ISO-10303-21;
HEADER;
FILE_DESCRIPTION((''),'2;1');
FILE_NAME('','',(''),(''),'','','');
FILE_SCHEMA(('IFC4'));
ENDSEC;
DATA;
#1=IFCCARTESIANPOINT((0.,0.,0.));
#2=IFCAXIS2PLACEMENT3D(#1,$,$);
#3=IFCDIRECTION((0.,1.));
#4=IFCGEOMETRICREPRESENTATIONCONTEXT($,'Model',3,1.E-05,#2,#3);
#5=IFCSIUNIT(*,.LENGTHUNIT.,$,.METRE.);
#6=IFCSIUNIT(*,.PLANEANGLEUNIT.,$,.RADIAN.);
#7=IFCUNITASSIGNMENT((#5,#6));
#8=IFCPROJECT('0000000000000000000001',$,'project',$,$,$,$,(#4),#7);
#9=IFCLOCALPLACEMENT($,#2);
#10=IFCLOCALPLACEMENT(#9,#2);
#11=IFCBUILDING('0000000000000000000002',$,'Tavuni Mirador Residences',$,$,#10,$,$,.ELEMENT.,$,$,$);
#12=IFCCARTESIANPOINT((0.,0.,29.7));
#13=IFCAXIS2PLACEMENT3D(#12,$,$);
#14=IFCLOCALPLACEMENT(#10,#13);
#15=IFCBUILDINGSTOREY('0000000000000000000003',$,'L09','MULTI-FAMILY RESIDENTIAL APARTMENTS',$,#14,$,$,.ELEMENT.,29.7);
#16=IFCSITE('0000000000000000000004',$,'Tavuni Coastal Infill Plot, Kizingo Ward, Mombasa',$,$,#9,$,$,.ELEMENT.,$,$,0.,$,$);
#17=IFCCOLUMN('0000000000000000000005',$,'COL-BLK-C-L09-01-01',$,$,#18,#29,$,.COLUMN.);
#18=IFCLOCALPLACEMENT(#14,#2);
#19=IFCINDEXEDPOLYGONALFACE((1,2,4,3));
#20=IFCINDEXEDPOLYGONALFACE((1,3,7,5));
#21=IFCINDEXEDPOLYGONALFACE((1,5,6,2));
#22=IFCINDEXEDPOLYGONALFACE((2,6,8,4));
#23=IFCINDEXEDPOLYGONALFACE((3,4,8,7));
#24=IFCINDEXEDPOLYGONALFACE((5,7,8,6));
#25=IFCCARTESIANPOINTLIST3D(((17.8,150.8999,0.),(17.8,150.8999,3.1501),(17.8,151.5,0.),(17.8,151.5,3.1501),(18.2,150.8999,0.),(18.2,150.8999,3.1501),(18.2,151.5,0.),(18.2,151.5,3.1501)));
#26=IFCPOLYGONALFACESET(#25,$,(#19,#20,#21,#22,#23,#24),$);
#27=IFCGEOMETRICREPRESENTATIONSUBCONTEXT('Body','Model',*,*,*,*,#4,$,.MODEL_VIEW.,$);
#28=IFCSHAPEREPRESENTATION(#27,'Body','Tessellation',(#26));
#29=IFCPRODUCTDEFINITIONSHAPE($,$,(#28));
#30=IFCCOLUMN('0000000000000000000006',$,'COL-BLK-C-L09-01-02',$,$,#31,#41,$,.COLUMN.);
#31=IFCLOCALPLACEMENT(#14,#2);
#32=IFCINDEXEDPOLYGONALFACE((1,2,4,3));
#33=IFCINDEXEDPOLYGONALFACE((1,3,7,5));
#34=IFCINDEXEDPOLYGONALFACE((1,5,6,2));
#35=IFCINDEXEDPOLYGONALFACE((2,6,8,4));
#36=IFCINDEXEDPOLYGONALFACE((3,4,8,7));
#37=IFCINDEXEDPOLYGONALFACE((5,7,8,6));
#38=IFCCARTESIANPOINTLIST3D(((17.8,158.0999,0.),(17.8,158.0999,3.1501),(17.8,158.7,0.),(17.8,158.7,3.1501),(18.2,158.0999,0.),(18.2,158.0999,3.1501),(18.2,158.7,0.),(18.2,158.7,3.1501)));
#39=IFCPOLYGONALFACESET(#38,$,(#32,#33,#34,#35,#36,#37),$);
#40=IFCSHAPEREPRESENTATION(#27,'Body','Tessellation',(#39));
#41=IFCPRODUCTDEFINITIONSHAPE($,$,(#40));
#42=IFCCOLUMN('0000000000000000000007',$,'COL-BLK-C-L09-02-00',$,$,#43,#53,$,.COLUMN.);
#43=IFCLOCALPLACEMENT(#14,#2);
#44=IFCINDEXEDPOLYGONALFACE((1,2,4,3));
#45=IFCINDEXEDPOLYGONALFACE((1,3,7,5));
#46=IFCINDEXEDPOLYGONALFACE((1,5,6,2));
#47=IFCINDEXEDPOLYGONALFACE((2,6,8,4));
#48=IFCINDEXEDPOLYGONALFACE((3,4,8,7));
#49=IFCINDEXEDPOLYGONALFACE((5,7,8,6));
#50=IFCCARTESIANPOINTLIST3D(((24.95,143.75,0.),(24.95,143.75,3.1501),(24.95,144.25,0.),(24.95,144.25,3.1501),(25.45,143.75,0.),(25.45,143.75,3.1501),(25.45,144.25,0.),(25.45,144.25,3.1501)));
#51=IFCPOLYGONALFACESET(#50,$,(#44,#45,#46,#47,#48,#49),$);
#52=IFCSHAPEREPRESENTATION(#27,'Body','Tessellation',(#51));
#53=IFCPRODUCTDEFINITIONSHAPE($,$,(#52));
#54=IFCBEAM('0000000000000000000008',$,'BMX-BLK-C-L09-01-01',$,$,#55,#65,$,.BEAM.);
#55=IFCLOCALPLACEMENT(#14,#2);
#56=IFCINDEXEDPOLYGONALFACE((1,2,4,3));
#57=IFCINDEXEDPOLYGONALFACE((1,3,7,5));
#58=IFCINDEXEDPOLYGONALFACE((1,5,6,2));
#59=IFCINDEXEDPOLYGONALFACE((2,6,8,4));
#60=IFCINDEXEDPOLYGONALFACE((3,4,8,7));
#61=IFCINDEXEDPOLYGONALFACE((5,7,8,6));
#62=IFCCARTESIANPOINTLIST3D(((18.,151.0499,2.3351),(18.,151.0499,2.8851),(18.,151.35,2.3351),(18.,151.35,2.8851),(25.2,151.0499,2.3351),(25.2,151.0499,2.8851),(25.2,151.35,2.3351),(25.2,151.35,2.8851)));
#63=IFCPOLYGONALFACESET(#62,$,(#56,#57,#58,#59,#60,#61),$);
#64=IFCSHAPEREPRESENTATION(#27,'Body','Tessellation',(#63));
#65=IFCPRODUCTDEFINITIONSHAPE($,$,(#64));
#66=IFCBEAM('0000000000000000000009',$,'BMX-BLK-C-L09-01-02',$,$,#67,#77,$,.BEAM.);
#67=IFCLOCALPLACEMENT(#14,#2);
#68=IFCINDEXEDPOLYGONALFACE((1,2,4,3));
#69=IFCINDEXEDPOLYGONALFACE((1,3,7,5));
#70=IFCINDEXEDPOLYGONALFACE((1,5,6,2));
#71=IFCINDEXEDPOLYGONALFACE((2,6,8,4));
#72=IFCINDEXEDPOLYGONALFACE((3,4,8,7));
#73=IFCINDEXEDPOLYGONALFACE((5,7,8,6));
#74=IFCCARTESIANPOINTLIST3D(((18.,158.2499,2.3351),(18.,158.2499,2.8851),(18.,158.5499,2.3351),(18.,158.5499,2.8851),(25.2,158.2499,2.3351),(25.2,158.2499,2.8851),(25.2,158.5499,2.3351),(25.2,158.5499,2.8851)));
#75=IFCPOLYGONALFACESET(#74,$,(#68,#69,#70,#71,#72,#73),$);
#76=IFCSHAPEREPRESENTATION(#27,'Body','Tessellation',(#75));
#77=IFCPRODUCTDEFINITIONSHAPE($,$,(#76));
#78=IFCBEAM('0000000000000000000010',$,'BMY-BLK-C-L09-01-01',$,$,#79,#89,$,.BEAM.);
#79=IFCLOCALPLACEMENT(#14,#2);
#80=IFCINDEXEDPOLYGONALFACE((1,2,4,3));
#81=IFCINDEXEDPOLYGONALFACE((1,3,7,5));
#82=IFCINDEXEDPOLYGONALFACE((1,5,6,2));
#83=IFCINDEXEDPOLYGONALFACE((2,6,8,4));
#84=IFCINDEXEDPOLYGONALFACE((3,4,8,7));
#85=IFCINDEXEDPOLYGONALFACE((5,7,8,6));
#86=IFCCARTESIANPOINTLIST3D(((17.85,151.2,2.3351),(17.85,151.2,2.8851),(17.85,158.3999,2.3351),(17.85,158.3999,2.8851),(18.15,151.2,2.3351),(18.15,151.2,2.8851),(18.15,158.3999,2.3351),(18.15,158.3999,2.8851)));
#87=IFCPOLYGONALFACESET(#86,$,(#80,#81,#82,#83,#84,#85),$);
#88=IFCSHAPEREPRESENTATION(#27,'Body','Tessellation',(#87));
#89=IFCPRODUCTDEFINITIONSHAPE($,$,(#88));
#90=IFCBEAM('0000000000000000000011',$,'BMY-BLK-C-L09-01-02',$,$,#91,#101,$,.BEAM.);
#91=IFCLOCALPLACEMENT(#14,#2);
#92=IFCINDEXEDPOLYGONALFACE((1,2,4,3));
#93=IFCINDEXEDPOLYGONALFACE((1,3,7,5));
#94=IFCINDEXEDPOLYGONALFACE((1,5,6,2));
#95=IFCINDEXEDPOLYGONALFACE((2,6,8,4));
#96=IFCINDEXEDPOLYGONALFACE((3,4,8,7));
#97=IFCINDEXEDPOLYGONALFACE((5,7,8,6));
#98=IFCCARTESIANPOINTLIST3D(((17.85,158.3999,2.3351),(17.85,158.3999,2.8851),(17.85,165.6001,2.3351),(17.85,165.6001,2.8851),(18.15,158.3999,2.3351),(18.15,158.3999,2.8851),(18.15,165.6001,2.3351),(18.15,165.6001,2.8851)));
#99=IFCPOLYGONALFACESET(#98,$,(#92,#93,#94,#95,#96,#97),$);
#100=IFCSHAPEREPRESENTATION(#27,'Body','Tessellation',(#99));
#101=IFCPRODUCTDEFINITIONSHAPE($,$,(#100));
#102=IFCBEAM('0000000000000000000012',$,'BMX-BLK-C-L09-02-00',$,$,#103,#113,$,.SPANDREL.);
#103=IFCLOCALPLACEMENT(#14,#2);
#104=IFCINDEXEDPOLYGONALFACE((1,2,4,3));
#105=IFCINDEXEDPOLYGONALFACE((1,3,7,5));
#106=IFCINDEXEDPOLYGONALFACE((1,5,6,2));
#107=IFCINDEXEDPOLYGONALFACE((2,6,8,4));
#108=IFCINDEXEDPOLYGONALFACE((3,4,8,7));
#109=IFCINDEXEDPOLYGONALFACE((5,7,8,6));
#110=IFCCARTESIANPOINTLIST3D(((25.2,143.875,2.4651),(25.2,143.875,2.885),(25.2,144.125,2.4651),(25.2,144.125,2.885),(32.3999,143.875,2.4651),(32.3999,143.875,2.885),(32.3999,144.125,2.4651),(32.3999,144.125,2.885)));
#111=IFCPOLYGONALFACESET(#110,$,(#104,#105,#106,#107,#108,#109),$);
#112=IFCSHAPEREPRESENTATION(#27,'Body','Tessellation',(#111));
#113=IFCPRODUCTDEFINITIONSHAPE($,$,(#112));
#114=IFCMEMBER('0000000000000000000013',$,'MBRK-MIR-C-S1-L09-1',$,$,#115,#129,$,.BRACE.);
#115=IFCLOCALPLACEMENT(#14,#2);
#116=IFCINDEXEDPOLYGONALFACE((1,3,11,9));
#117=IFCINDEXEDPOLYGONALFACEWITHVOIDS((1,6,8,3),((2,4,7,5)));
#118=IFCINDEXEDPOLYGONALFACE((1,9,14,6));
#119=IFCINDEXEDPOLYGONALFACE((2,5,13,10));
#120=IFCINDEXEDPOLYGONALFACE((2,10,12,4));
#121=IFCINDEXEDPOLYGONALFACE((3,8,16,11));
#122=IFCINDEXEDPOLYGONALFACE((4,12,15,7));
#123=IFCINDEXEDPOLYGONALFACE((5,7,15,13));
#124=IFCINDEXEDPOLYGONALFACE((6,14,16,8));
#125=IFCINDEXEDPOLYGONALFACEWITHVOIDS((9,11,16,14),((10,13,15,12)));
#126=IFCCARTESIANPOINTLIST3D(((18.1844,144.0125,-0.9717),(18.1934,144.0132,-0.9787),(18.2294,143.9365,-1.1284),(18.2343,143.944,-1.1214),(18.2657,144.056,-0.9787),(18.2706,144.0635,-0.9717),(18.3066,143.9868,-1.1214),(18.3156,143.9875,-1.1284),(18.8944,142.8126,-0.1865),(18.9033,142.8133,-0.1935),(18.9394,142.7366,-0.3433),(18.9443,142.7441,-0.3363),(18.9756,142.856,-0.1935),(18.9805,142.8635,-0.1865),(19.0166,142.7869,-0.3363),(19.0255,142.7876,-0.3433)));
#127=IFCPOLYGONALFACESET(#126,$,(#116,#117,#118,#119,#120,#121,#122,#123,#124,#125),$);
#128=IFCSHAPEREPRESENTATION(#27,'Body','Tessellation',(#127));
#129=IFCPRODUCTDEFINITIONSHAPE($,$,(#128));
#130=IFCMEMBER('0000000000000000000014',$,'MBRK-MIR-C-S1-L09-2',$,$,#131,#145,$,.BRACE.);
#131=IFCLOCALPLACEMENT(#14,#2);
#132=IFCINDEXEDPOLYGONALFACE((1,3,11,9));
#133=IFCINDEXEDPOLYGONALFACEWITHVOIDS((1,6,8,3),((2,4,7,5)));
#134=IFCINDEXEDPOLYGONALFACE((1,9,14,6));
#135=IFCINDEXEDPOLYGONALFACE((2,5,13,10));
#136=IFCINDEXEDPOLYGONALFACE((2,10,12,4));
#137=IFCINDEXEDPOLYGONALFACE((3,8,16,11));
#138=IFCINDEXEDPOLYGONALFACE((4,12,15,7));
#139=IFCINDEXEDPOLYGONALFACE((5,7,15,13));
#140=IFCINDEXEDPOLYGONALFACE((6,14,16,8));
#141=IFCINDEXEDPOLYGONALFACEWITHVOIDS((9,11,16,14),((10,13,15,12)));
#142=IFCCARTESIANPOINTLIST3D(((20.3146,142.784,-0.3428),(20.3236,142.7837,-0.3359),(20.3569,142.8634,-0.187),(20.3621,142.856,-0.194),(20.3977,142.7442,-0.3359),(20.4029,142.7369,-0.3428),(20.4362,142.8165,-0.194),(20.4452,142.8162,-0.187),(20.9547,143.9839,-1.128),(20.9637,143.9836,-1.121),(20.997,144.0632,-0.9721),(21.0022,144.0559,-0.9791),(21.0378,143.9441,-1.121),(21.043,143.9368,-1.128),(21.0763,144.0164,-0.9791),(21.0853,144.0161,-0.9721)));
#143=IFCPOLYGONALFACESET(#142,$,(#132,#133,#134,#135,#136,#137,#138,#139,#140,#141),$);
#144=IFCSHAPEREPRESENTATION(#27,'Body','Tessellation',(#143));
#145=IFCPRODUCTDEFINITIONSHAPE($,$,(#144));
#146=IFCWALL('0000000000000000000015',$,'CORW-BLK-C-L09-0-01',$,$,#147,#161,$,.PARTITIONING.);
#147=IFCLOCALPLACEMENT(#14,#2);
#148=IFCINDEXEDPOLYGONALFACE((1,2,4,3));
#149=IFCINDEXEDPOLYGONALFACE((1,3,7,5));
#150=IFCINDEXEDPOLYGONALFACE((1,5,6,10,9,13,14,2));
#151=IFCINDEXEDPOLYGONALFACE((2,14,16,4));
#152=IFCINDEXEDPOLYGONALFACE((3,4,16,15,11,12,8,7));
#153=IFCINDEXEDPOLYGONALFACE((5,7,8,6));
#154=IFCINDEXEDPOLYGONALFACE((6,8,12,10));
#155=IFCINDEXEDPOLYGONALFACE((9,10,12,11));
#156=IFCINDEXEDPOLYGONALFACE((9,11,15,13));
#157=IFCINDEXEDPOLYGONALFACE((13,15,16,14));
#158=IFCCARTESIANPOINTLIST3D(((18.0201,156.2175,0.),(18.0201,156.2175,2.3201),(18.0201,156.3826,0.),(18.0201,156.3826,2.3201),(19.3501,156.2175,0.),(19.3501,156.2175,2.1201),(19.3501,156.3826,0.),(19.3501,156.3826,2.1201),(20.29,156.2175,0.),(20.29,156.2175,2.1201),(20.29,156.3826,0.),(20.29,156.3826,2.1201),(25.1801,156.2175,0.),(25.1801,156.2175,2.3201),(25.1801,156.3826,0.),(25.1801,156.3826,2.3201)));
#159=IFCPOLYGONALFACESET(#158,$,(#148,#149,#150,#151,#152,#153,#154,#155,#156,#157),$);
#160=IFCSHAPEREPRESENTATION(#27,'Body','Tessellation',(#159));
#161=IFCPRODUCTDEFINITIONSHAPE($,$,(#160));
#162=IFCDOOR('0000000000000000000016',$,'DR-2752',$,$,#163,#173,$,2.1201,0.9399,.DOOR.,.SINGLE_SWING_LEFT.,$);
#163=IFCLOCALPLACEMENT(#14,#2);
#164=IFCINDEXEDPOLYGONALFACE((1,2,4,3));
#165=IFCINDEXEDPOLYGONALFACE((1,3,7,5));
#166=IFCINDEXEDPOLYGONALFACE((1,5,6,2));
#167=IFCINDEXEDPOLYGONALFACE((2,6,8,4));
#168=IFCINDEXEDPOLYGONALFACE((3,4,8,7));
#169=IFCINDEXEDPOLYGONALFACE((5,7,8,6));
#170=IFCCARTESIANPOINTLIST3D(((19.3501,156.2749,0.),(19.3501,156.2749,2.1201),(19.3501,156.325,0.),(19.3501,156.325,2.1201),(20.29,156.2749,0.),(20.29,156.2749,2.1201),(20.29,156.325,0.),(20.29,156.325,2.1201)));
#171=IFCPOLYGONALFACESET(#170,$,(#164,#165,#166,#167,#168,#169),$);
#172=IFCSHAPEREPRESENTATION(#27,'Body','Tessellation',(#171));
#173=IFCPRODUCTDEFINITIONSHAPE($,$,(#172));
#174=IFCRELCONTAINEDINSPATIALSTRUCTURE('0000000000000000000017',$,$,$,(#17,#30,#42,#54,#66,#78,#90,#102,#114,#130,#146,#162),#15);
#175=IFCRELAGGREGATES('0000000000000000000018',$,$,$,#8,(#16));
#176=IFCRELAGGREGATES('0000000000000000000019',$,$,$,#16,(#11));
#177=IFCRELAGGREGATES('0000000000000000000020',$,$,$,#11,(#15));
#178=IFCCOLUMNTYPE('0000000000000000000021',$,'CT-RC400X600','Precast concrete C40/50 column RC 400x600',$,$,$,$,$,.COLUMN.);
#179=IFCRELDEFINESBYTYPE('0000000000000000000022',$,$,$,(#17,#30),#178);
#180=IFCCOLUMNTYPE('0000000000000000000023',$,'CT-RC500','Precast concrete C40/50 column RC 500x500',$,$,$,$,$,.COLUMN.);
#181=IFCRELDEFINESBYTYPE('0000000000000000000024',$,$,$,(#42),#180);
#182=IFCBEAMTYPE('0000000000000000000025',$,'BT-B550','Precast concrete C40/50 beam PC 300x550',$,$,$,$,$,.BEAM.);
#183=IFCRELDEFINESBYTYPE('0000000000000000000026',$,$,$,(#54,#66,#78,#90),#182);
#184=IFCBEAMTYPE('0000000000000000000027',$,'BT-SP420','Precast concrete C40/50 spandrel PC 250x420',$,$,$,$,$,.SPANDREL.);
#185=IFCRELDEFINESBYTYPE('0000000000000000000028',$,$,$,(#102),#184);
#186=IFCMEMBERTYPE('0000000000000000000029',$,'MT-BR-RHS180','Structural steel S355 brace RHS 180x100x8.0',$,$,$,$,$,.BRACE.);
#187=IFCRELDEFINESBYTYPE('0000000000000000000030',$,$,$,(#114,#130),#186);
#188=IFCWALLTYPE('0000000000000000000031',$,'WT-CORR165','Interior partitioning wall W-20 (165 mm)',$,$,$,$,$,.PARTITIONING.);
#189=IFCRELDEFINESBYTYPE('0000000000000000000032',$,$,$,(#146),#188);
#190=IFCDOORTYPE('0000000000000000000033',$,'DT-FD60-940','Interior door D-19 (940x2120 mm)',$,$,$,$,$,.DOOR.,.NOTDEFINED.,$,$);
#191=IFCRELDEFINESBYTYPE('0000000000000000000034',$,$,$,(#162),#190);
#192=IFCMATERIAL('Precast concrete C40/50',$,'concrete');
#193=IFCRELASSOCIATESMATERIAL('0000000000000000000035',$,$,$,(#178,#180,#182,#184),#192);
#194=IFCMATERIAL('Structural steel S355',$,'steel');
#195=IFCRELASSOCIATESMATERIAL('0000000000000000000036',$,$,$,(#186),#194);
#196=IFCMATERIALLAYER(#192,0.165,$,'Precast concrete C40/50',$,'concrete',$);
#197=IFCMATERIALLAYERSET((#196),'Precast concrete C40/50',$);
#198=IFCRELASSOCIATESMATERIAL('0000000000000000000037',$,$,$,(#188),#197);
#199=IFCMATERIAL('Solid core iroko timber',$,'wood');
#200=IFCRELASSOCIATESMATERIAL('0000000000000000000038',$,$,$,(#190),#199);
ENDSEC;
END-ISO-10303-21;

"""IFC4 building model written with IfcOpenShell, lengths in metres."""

from ifc_helpers import new_model, si_unit, direction, frame, frame_2d, origin, origin_2d, place, context, subcontext, project, spatial, rectangle, hollow_rectangle, extrude, material, layer, layer_set, material_profile, profile_set, type_object, element, fill, save


model = new_model("IFC4")

# Units and contexts
model_context = context("Model", 3, precision=1e-05, world=origin(), true_north=direction((0.0, 1.0)))
body_context = subcontext(model_context, "Body", "Model", "MODEL_VIEW")
ifc_project = project(units=[si_unit("LENGTHUNIT", "METRE"), si_unit("PLANEANGLEUNIT", "RADIAN")], contexts=[model_context])

# Site, building, storey
site_placement = place(None, origin())
site = spatial("IfcSite", under=ifc_project, at=site_placement, Name="Tavuni Coastal Infill Plot, Kizingo Ward, Mombasa", CompositionType="ELEMENT", RefElevation=0.0)
building_placement = place(site_placement, origin())
building = spatial("IfcBuilding", under=site, at=building_placement, Name="Tavuni Mirador Residences", CompositionType="ELEMENT")
storey_placement = place(building_placement, frame((0.0, 0.0, 29.7)))
storey = spatial("IfcBuildingStorey", under=building, at=storey_placement, Name="L09", Description="MULTI-FAMILY RESIDENTIAL APARTMENTS", CompositionType="ELEMENT", Elevation=29.7)

# Columns
ifc_material_1 = material(Name="Precast concrete C40/50", Category="concrete")
ifc_material_profile_1 = material_profile(ifc_material_1, rectangle(XDim=0.3999, YDim=0.6001, at=origin_2d()), Name="RC 400x600", Category="concrete")
ifc_profile_set_1 = profile_set([ifc_material_profile_1], Name="Precast concrete C40/50")
column_type_1 = type_object("IfcColumnType", Name="CT-RC400X600", Description="Precast concrete C40/50 column RC 400x600", PredefinedType="COLUMN", material=ifc_profile_set_1)
for number, where, z_axis, x_axis, name in (
    (1, (18.0, 151.2, 0.0), (0.0, 0.0, 1.0), (1.0, 0.0, 0.0), "COL-BLK-C-L09-01-01"),
    (2, (18.0, 158.3999, 0.0), (0.0, 0.0, 1.0), (1.0, 0.0, 0.0), "COL-BLK-C-L09-01-02"),
):
    element("IfcColumn", number, at=place(storey_placement, frame(where, z_axis=z_axis, x_axis=x_axis)), inside=storey, type_object=column_type_1, Name=name, PredefinedType="COLUMN", context=body_context, shape_type="SweptSolid", body=[
        extrude(rectangle(XDim=0.3999, YDim=0.6001, at=origin_2d()), origin(), (0.0, 0.0, 1.0), 3.1501),
    ])
ifc_material_profile_2 = material_profile(ifc_material_1, rectangle(XDim=0.5, YDim=0.5, at=origin_2d()), Name="RC 500x500", Category="concrete")
ifc_profile_set_2 = profile_set([ifc_material_profile_2], Name="Precast concrete C40/50")
column_type_2 = type_object("IfcColumnType", Name="CT-RC500", Description="Precast concrete C40/50 column RC 500x500", PredefinedType="COLUMN", material=ifc_profile_set_2)
column_placement = place(storey_placement, frame((25.2, 144.0, 0.0), z_axis=(0.0, 0.0, 1.0), x_axis=(1.0, 0.0, 0.0)))
element("IfcColumn", 3, at=column_placement, inside=storey, type_object=column_type_2, Name="COL-BLK-C-L09-02-00", PredefinedType="COLUMN", context=body_context, shape_type="SweptSolid", body=[
    extrude(rectangle(XDim=0.5, YDim=0.5, at=origin_2d()), origin(), (0.0, 0.0, 1.0), 3.1501),
])

# Beams
ifc_material_profile_3 = material_profile(ifc_material_1, rectangle(XDim=0.3, YDim=0.55, at=origin_2d()), Name="PC 300x550", Category="concrete")
ifc_profile_set_3 = profile_set([ifc_material_profile_3], Name="Precast concrete C40/50")
beam_type_1 = type_object("IfcBeamType", Name="BT-B550", Description="Precast concrete C40/50 beam PC 300x550", PredefinedType="BEAM", material=ifc_profile_set_3)
for number, where, z_axis, x_axis, name in (
    (4, (18.0, 151.2, 2.6101), (1.0, 0.0, 0.0), (0.0, 1.0, 0.0), "BMX-BLK-C-L09-01-01"),
    (5, (18.0, 158.3999, 2.6101), (1.0, 0.0, 0.0), (0.0, 1.0, 0.0), "BMX-BLK-C-L09-01-02"),
    (6, (18.0, 151.2, 2.6101), (0.0, 1.0, 0.0), (-1.0, 0.0, 0.0), "BMY-BLK-C-L09-01-01"),
):
    element("IfcBeam", number, at=place(storey_placement, frame(where, z_axis=z_axis, x_axis=x_axis)), inside=storey, type_object=beam_type_1, Name=name, PredefinedType="BEAM", context=body_context, shape_type="SweptSolid", body=[
        extrude(rectangle(XDim=0.3, YDim=0.55, at=origin_2d()), origin(), (0.0, 0.0, 1.0), 7.2),
    ])
beam_1_placement = place(storey_placement, frame((18.0, 158.3999, 2.6101), z_axis=(0.0, 1.0, 0.0), x_axis=(-1.0, 0.0, 0.0)))
element("IfcBeam", 7, at=beam_1_placement, inside=storey, type_object=beam_type_1, Name="BMY-BLK-C-L09-01-02", PredefinedType="BEAM", context=body_context, shape_type="SweptSolid", body=[
    extrude(rectangle(XDim=0.3, YDim=0.55, at=origin_2d()), origin(), (0.0, 0.0, 1.0), 7.2002),
])
ifc_material_profile_4 = material_profile(ifc_material_1, rectangle(XDim=0.25, YDim=0.4199, at=origin_2d()), Name="PC 250x420", Category="concrete")
ifc_profile_set_4 = profile_set([ifc_material_profile_4], Name="Precast concrete C40/50")
beam_type_2 = type_object("IfcBeamType", Name="BT-SP420", Description="Precast concrete C40/50 spandrel PC 250x420", PredefinedType="SPANDREL", material=ifc_profile_set_4)
beam_2_placement = place(storey_placement, frame((25.2, 144.0, 2.675), z_axis=(1.0, 0.0, 0.0), x_axis=(0.0, 1.0, 0.0)))
element("IfcBeam", 8, at=beam_2_placement, inside=storey, type_object=beam_type_2, Name="BMX-BLK-C-L09-02-00", PredefinedType="SPANDREL", context=body_context, shape_type="SweptSolid", body=[
    extrude(rectangle(XDim=0.25, YDim=0.4199, at=origin_2d()), origin(), (0.0, 0.0, 1.0), 7.2),
])

# Members
ifc_material_2 = material(Name="Structural steel S355", Category="steel")
ifc_material_profile_5 = material_profile(ifc_material_2, hollow_rectangle(XDim=0.1001, YDim=0.1799, WallThickness=0.0081, at=origin_2d()), Name="RHS 180x100x8.0", Category="steel")
ifc_profile_set_5 = profile_set([ifc_material_profile_5], Name="Structural steel S355")
member_type = type_object("IfcMemberType", Name="MT-BR-RHS180", Description="Structural steel S355 brace RHS 180x100x8.0", PredefinedType="BRACE", material=ifc_profile_set_5)
member_1_placement = place(storey_placement, frame((18.25, 144.0, -1.05), z_axis=(0.443691, -0.749911, 0.490685), x_axis=(0.860644, 0.509207, 0.0)))
element("IfcMember", 9, at=member_1_placement, inside=storey, type_object=member_type, Name="MBRK-MIR-C-S1-L09-1", PredefinedType="BRACE", context=body_context, shape_type="SweptSolid", body=[
    extrude(hollow_rectangle(XDim=0.1001, YDim=0.1799, WallThickness=0.0081, at=origin_2d()), origin(), (0.0, 0.0, 1.0), 1.6001),
])
member_2_placement = place(storey_placement, frame((21.02, 144.0, -1.05), z_axis=(-0.407629, -0.76411, 0.499975), x_axis=(0.882303, -0.470681, 0.0)))
element("IfcMember", 10, at=member_2_placement, inside=storey, type_object=member_type, Name="MBRK-MIR-C-S1-L09-2", PredefinedType="BRACE", context=body_context, shape_type="SweptSolid", body=[
    extrude(hollow_rectangle(XDim=0.1001, YDim=0.1799, WallThickness=0.0081, at=origin_2d()), origin(), (0.0, 0.0, 1.0), 1.5703),
])

# Wall, opening, door
ifc_layer_1 = layer(ifc_material_1, 0.165, Name="Precast concrete C40/50", Category="concrete")
ifc_layer_set_1 = layer_set([ifc_layer_1], Name="Precast concrete C40/50")
wall_type_1 = type_object("IfcWallType", Name="WT-CORR165", Description="Interior partitioning wall W-20 (165 mm)", PredefinedType="PARTITIONING", material=ifc_layer_set_1)
wall_1_placement = place(storey_placement, frame((18.02, 156.3, 0.0), z_axis=(0.0, 0.0, 1.0), x_axis=(1.0, 0.0, 0.0)))
wall_1 = element("IfcWall", 11, at=wall_1_placement, inside=storey, type_object=wall_type_1, Name="CORW-BLK-C-L09-0-01", PredefinedType="PARTITIONING", context=body_context, shape_type="SweptSolid", body=[
    extrude(rectangle(XDim=7.1599, YDim=0.165, at=frame_2d((3.5801, 0.0))), origin(), (0.0, 0.0, 1.0), 2.3201),
])
opening_1_placement = place(wall_1_placement, frame((1.3301, 0.0, 0.0)))
opening_1 = element("IfcOpeningElement", 12, at=opening_1_placement, cuts=wall_1, PredefinedType="OPENING", context=body_context, shape_type="SweptSolid", body=[
    extrude(rectangle(XDim=0.9399, YDim=2.1201, at=frame_2d((0.47, 1.0601))), frame((0.0, 0.0925, 0.0), z_axis=(0.0, -1.0, 0.0), x_axis=(1.0, 0.0, 0.0)), (0.0, 0.0, 1.0), 0.1851),
])
ifc_material_3 = material(Name="Solid core iroko timber", Category="wood")
door_type_1 = type_object("IfcDoorType", Name="DT-FD60-940", Description="Interior door D-19 (940x2120 mm)", OperationType="NOTDEFINED", PredefinedType="DOOR", material=ifc_material_3)
door_1_placement = place(opening_1_placement, origin())
door_1 = element("IfcDoor", 13, at=door_1_placement, inside=storey, type_object=door_type_1, Name="DR-2752", OperationType="SINGLE_SWING_LEFT", OverallHeight=2.1201, OverallWidth=0.9399, PredefinedType="DOOR", context=body_context, shape_type="SweptSolid", body=[
    extrude(rectangle(XDim=0.9399, YDim=2.1201, at=frame_2d((0.47, 1.0601))), frame((0.0, 0.0249, 0.0), z_axis=(0.0, -1.0, 0.0), x_axis=(1.0, 0.0, 0.0)), (0.0, 0.0, 1.0), 0.05),
])
fill(opening_1, door_1)

save(model, "model.ifc")
